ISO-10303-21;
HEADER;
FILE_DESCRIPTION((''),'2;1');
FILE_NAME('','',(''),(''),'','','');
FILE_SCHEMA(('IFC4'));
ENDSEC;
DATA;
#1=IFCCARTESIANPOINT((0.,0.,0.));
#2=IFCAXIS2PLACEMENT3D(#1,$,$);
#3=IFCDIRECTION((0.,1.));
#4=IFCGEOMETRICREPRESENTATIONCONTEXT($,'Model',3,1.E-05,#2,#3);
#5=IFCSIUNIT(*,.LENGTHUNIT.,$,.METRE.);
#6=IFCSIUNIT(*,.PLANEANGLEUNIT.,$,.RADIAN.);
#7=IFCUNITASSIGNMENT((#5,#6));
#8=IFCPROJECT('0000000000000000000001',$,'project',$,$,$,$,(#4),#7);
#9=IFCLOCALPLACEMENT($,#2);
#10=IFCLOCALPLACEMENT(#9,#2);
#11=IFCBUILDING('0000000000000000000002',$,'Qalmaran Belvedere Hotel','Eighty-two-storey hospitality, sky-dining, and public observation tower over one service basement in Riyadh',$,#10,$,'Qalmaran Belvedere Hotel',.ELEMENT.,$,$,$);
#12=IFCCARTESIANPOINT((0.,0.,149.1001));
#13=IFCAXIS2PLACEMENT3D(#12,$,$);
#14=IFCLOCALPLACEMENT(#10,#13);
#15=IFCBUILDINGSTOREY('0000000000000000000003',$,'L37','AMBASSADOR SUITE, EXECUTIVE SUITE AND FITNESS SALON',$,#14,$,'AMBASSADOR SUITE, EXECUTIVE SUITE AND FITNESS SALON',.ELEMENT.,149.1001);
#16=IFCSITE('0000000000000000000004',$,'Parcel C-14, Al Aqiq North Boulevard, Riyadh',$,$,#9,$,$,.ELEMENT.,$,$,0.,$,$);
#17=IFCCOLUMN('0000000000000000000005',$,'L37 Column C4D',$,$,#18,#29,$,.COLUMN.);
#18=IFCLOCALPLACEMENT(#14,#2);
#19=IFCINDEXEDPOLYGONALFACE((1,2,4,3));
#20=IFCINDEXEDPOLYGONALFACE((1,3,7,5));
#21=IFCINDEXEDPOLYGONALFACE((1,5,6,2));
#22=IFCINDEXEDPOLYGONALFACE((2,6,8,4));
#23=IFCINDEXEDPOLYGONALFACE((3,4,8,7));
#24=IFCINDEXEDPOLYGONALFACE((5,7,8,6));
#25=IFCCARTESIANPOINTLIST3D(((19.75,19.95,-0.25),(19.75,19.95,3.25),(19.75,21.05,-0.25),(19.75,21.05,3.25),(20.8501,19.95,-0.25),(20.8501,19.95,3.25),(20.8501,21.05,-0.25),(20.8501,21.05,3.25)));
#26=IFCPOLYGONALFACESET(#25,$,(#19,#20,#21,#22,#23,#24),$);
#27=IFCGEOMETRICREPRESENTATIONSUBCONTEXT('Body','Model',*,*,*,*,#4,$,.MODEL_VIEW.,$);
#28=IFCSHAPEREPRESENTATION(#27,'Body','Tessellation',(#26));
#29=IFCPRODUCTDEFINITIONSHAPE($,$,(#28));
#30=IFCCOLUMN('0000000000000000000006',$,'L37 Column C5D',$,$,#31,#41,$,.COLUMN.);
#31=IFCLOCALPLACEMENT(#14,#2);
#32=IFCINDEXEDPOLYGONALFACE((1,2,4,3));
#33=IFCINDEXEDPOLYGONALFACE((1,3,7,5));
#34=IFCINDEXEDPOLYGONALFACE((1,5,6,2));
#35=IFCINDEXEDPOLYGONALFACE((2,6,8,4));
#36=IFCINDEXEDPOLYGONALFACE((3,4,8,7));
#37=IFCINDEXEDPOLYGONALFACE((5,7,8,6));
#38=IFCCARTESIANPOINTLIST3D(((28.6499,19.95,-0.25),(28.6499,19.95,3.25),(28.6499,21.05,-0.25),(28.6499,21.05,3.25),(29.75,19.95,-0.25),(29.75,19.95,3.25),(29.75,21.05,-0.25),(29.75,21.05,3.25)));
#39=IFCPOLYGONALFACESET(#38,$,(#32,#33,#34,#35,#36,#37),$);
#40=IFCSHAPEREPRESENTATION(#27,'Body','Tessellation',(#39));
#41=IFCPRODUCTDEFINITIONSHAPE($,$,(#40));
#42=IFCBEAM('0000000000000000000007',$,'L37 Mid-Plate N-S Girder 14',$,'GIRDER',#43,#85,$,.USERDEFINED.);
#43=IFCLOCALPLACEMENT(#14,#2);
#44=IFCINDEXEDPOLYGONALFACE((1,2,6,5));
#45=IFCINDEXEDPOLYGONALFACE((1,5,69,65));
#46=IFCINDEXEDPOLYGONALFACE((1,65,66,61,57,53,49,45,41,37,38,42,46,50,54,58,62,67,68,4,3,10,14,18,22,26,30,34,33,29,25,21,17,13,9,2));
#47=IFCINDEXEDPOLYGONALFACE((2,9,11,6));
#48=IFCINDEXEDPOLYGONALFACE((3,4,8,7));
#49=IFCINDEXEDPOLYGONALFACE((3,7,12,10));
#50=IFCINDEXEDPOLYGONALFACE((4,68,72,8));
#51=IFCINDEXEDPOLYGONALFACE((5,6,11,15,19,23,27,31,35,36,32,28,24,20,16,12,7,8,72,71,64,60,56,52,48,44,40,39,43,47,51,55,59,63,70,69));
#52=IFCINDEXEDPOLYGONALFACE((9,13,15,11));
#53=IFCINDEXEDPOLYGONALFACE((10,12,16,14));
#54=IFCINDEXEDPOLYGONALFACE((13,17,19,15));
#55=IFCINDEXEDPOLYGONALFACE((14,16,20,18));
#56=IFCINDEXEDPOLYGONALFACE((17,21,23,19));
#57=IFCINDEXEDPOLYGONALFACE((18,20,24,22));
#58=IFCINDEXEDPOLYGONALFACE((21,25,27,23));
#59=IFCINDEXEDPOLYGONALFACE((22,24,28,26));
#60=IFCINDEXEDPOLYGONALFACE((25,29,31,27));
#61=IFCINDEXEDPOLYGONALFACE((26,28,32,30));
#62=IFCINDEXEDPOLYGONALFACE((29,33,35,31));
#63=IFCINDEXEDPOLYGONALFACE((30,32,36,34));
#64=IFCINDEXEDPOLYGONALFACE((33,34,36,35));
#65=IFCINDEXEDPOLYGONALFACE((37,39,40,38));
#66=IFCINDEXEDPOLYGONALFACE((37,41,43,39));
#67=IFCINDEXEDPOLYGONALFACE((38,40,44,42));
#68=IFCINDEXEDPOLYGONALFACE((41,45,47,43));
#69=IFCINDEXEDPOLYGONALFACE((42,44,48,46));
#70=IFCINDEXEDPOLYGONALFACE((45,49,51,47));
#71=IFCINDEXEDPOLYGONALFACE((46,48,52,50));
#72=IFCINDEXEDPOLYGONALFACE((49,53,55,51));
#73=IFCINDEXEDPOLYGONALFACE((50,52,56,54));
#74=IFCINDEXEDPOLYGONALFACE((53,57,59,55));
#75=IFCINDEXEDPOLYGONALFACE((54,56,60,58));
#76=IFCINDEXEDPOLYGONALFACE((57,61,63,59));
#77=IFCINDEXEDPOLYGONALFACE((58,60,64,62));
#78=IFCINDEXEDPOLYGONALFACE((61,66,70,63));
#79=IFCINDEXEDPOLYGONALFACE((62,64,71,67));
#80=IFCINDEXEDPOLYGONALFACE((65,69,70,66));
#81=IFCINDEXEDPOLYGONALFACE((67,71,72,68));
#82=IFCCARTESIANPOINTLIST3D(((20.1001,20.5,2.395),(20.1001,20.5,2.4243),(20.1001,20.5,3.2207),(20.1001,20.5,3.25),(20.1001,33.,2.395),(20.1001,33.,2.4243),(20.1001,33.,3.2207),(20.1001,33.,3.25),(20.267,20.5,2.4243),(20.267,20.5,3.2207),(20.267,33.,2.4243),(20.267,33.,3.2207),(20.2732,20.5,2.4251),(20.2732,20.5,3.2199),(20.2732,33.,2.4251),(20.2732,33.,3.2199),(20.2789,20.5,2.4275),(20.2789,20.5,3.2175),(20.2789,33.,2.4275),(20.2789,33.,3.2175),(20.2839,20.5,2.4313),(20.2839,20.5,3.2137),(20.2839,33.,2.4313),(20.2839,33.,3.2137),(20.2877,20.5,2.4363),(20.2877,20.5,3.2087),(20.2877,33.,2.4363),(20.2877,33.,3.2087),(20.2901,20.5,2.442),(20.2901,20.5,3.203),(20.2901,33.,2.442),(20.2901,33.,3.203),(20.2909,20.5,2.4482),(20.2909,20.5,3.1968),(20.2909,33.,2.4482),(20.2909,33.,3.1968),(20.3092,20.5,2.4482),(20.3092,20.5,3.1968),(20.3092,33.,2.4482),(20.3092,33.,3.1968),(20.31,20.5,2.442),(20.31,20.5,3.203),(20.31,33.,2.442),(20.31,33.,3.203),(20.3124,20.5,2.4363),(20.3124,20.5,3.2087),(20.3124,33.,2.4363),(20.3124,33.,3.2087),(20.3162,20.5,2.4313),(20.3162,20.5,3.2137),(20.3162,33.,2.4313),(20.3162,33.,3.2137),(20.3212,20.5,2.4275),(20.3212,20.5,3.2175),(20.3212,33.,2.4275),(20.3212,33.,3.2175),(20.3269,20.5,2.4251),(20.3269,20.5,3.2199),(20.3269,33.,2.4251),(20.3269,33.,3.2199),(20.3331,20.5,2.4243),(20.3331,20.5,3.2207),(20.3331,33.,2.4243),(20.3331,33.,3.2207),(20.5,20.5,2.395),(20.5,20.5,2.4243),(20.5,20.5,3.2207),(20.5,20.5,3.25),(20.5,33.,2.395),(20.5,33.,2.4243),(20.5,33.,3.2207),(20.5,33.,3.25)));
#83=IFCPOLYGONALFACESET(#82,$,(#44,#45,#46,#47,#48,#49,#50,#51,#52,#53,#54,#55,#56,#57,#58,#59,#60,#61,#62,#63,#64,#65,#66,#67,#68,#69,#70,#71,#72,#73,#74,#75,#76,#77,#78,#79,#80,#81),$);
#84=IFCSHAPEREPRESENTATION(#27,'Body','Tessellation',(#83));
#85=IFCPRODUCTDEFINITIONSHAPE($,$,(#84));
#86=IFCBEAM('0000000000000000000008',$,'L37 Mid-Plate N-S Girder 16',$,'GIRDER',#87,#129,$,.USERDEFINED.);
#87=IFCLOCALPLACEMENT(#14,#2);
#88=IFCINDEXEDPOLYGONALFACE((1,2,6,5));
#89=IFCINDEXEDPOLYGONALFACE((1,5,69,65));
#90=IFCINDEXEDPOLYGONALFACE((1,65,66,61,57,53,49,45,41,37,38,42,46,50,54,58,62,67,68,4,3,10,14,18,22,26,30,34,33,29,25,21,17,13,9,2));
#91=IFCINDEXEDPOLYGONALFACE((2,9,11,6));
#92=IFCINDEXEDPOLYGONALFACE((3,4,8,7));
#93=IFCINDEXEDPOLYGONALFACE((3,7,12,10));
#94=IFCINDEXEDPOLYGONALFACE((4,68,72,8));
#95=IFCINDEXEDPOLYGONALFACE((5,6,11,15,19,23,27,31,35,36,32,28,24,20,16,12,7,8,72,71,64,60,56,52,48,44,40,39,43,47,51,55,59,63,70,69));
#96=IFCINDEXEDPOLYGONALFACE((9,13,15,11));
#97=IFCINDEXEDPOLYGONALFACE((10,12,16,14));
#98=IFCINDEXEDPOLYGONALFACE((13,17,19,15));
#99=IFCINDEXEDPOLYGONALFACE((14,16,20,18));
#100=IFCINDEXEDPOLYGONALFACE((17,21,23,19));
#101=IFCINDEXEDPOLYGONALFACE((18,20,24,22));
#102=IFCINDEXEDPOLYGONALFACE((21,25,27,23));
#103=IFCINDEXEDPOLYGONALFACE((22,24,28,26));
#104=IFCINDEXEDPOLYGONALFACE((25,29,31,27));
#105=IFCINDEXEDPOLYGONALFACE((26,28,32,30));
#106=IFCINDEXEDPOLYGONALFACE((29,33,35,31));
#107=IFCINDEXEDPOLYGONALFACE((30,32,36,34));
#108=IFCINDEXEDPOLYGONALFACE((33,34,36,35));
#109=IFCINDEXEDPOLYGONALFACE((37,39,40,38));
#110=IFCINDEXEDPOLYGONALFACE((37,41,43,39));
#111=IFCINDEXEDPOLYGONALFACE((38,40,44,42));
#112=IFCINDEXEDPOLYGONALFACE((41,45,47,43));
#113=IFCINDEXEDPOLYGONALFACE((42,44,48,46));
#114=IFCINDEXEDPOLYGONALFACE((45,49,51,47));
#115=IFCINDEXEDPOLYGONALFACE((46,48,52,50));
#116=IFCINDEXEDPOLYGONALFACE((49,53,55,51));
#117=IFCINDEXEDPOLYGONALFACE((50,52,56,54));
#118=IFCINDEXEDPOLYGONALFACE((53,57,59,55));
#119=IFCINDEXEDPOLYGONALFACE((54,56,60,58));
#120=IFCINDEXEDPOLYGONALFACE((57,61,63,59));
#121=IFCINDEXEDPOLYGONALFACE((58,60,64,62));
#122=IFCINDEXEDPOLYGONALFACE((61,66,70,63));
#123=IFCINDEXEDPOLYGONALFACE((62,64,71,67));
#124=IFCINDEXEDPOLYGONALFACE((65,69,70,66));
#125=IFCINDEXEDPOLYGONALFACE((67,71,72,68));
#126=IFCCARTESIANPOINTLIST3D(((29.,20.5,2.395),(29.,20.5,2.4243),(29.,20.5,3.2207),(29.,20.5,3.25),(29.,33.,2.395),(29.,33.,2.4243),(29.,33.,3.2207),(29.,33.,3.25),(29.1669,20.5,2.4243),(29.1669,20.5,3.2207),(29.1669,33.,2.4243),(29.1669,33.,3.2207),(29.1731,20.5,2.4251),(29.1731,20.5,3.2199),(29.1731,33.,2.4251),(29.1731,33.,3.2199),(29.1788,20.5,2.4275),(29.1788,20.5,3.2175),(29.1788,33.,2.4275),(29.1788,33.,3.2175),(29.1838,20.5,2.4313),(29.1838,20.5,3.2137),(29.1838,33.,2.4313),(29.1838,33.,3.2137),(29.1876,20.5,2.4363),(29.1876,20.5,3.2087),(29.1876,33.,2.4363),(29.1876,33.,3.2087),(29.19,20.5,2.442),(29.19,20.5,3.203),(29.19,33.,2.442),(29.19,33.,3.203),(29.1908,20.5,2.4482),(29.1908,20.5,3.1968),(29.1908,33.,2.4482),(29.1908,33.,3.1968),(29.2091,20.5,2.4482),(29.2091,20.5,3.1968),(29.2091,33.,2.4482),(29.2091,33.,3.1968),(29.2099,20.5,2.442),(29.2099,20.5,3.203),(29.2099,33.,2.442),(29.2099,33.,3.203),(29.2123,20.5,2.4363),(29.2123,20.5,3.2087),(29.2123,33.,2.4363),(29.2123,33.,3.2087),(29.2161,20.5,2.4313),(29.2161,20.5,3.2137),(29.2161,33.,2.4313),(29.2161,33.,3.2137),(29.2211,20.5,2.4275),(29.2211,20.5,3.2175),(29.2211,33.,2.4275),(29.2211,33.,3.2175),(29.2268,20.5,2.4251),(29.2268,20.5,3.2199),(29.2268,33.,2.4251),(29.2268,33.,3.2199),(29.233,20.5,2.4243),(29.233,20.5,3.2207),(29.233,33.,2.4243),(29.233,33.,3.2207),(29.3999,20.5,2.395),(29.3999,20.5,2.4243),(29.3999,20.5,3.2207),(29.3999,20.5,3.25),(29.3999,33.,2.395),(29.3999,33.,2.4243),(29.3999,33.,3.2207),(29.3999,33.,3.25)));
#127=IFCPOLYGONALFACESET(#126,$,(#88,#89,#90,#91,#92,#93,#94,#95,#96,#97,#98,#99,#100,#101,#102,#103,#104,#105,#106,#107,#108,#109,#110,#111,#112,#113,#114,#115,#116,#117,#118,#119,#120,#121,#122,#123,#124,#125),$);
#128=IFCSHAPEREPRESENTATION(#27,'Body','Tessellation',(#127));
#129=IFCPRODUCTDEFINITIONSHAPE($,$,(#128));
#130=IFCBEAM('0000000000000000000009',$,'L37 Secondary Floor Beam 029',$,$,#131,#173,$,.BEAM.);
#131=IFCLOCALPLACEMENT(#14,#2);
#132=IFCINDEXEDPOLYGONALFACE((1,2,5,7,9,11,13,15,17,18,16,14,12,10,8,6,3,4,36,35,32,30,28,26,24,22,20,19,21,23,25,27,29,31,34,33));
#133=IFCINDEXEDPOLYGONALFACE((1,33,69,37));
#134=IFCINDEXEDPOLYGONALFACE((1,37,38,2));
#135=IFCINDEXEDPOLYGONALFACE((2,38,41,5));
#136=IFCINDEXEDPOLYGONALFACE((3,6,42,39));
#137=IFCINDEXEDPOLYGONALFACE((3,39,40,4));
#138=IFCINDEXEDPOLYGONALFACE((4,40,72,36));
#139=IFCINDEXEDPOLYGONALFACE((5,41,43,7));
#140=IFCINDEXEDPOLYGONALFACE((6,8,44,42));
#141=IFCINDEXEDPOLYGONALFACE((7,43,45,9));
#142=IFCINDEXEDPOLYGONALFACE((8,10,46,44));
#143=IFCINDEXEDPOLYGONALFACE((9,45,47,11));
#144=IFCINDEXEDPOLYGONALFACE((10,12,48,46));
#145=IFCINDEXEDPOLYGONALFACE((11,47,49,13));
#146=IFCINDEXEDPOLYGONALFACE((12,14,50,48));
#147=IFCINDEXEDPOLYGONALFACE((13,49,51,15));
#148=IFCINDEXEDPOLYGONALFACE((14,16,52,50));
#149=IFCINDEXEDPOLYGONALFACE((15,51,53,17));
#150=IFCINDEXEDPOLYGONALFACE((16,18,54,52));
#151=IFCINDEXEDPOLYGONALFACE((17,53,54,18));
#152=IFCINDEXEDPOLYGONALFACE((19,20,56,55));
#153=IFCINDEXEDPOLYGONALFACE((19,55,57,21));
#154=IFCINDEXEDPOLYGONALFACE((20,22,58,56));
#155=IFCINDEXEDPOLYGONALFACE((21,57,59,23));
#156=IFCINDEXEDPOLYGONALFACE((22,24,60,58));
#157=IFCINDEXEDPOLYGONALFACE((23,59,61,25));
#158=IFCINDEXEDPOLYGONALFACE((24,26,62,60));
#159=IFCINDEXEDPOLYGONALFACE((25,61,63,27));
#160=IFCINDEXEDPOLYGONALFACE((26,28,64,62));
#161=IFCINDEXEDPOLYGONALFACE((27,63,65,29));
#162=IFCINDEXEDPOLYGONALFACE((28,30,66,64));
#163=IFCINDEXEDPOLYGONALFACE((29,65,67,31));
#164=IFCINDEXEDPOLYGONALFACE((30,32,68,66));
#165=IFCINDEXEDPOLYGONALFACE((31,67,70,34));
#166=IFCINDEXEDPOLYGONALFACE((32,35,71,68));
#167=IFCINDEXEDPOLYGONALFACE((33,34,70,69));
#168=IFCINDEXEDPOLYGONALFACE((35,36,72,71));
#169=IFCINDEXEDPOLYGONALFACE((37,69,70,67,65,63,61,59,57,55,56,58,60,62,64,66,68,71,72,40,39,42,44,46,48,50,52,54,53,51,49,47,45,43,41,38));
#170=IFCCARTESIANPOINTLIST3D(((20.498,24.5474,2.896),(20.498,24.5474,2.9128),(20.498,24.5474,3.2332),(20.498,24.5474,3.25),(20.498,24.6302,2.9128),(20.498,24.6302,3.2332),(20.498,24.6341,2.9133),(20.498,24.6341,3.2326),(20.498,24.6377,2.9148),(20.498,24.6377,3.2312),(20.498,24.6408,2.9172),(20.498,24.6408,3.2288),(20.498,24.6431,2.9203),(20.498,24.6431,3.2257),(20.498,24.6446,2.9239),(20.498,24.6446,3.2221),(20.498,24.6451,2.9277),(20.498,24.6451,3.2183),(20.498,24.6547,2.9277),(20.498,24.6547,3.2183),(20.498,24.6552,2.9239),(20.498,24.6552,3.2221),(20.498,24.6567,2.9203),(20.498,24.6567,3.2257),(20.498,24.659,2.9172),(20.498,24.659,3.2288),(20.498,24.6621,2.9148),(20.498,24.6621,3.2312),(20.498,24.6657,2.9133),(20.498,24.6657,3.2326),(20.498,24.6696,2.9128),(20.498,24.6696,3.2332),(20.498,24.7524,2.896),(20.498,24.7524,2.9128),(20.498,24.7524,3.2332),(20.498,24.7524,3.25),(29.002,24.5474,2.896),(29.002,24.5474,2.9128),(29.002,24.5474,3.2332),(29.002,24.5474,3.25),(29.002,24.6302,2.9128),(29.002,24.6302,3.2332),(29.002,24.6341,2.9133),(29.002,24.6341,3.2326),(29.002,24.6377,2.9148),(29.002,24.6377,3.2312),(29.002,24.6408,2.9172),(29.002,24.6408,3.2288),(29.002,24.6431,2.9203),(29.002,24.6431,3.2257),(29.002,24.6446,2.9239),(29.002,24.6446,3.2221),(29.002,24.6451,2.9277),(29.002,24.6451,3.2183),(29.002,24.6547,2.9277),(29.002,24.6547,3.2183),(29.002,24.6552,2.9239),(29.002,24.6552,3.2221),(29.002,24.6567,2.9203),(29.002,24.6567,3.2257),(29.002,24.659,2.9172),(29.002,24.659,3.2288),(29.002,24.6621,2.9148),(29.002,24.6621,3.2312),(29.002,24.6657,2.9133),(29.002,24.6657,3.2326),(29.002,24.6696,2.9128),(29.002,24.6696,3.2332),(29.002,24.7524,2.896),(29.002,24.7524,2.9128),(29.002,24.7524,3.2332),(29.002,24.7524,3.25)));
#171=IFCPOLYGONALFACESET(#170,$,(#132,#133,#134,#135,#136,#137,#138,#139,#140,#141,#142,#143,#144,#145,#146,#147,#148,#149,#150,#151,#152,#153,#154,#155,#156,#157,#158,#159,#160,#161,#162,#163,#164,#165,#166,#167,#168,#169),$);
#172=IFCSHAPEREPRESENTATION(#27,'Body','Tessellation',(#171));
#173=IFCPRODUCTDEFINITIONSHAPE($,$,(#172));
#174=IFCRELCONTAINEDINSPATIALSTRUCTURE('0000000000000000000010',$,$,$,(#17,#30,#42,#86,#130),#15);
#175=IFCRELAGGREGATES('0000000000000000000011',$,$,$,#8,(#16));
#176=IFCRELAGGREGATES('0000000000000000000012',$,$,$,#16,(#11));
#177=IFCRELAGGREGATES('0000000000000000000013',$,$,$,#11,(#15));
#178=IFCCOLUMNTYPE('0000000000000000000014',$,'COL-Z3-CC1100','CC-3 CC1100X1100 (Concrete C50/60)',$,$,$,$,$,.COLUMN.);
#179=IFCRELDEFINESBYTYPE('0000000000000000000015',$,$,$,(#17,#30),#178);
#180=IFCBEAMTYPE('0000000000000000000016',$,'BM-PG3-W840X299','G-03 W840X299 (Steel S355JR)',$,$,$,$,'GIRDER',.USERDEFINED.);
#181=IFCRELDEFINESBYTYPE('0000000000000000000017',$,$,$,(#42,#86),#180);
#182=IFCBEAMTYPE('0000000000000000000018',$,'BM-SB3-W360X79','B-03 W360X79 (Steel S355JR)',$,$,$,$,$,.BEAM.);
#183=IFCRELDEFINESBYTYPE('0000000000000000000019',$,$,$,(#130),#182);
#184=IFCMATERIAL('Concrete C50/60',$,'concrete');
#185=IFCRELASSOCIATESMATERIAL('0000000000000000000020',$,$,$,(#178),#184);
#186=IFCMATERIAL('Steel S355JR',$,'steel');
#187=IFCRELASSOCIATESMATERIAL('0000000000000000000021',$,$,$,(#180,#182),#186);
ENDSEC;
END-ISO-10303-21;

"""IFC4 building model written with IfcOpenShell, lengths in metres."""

from ifc_helpers import new_model, si_unit, direction, frame, origin, origin_2d, place, context, subcontext, project, spatial, rectangle, i_section, extrude, material, material_profile, profile_set, type_object, element, save


model = new_model("IFC4")

# Units and contexts
model_context = context("Model", 3, precision=1e-05, world=origin(), true_north=direction((0.0, 1.0)))
body_context = subcontext(model_context, "Body", "Model", "MODEL_VIEW")
ifc_project = project(units=[si_unit("LENGTHUNIT", "METRE"), si_unit("PLANEANGLEUNIT", "RADIAN")], contexts=[model_context])

# Site, building, storey
site_placement = place(None, origin())
site = spatial("IfcSite", under=ifc_project, at=site_placement, Name="Parcel C-14, Al Aqiq North Boulevard, Riyadh", CompositionType="ELEMENT", RefElevation=0.0)
building_placement = place(site_placement, origin())
building = spatial("IfcBuilding", under=site, at=building_placement, Name="Qalmaran Belvedere Hotel", Description="Eighty-two-storey hospitality, sky-dining, and public observation tower over one service basement in Riyadh", LongName="Qalmaran Belvedere Hotel", CompositionType="ELEMENT")
storey_placement = place(building_placement, frame((0.0, 0.0, 149.1001)))
storey = spatial("IfcBuildingStorey", under=building, at=storey_placement, Name="L37", Description="AMBASSADOR SUITE, EXECUTIVE SUITE AND FITNESS SALON", LongName="AMBASSADOR SUITE, EXECUTIVE SUITE AND FITNESS SALON", CompositionType="ELEMENT", Elevation=149.1001)

# Columns
ifc_material_1 = material(Name="Concrete C50/60", Category="concrete")
ifc_material_profile_1 = material_profile(ifc_material_1, rectangle(XDim=1.1001, YDim=1.1001, at=origin_2d()), Name="CC1100X1100")
ifc_profile_set_1 = profile_set([ifc_material_profile_1], Name="Concrete C50/60")
column_type = type_object("IfcColumnType", Name="COL-Z3-CC1100", Description="CC-3 CC1100X1100 (Concrete C50/60)", PredefinedType="COLUMN", material=ifc_profile_set_1)
for number, where, z_axis, x_axis, name in (
    (1, (20.3, 20.5, -0.25), (0.0, 0.0, 1.0), (1.0, 0.0, 0.0), "L37 Column C4D"),
    (2, (29.2, 20.5, -0.25), (0.0, 0.0, 1.0), (1.0, 0.0, 0.0), "L37 Column C5D"),
):
    element("IfcColumn", number, at=place(storey_placement, frame(where, z_axis=z_axis, x_axis=x_axis)), inside=storey, type_object=column_type, Name=name, PredefinedType="COLUMN", context=body_context, shape_type="SweptSolid", body=[
        extrude(rectangle(XDim=1.1001, YDim=1.1001, at=origin_2d()), origin(), (0.0, 0.0, 1.0), 3.5),
    ])

# Beams
ifc_material_2 = material(Name="Steel S355JR", Category="steel")
ifc_material_profile_2 = material_profile(ifc_material_2, i_section(OverallWidth=0.3999, OverallDepth=0.855, WebThickness=0.0183, FlangeThickness=0.0293, FilletRadius=0.0239, at=origin_2d()), Name="W840X299")
ifc_profile_set_2 = profile_set([ifc_material_profile_2], Name="Steel S355JR")
beam_type_1 = type_object("IfcBeamType", Name="BM-PG3-W840X299", Description="G-03 W840X299 (Steel S355JR)", ElementType="GIRDER", PredefinedType="USERDEFINED", material=ifc_profile_set_2)
for number, where, z_axis, x_axis, name in (
    (3, (20.3, 20.5, 2.8225), (0.0, 1.0, 0.0), (-1.0, 0.0, 0.0), "L37 Mid-Plate N-S Girder 14"),
    (4, (29.2, 20.5, 2.8225), (0.0, 1.0, 0.0), (-1.0, 0.0, 0.0), "L37 Mid-Plate N-S Girder 16"),
):
    element("IfcBeam", number, at=place(storey_placement, frame(where, z_axis=z_axis, x_axis=x_axis)), inside=storey, type_object=beam_type_1, Name=name, ObjectType="GIRDER", PredefinedType="USERDEFINED", context=body_context, shape_type="SweptSolid", body=[
        extrude(i_section(OverallWidth=0.3999, OverallDepth=0.855, WebThickness=0.0183, FlangeThickness=0.0293, FilletRadius=0.0239, at=origin_2d()), origin(), (0.0, 0.0, 1.0), 12.5),
    ])
ifc_material_profile_3 = material_profile(ifc_material_2, i_section(OverallWidth=0.2051, OverallDepth=0.354, WebThickness=0.0095, FlangeThickness=0.0168, FilletRadius=0.0149, at=origin_2d()), Name="W360X79")
ifc_profile_set_3 = profile_set([ifc_material_profile_3], Name="Steel S355JR")
beam_type_2 = type_object("IfcBeamType", Name="BM-SB3-W360X79", Description="B-03 W360X79 (Steel S355JR)", PredefinedType="BEAM", material=ifc_profile_set_3)
for number, where, z_axis, x_axis, name in (
    (5, (20.498, 24.6499, 3.073), (1.0, 0.0, 0.0), (0.0, 1.0, 0.0), "L37 Secondary Floor Beam 029"),
):
    element("IfcBeam", number, at=place(storey_placement, frame(where, z_axis=z_axis, x_axis=x_axis)), inside=storey, type_object=beam_type_2, Name=name, PredefinedType="BEAM", context=body_context, shape_type="SweptSolid", body=[
        extrude(i_section(OverallWidth=0.2051, OverallDepth=0.354, WebThickness=0.0095, FlangeThickness=0.0168, FilletRadius=0.0149, at=origin_2d()), origin(), (0.0, 0.0, 1.0), 8.5039),
    ])

save(model, "model.ifc")
